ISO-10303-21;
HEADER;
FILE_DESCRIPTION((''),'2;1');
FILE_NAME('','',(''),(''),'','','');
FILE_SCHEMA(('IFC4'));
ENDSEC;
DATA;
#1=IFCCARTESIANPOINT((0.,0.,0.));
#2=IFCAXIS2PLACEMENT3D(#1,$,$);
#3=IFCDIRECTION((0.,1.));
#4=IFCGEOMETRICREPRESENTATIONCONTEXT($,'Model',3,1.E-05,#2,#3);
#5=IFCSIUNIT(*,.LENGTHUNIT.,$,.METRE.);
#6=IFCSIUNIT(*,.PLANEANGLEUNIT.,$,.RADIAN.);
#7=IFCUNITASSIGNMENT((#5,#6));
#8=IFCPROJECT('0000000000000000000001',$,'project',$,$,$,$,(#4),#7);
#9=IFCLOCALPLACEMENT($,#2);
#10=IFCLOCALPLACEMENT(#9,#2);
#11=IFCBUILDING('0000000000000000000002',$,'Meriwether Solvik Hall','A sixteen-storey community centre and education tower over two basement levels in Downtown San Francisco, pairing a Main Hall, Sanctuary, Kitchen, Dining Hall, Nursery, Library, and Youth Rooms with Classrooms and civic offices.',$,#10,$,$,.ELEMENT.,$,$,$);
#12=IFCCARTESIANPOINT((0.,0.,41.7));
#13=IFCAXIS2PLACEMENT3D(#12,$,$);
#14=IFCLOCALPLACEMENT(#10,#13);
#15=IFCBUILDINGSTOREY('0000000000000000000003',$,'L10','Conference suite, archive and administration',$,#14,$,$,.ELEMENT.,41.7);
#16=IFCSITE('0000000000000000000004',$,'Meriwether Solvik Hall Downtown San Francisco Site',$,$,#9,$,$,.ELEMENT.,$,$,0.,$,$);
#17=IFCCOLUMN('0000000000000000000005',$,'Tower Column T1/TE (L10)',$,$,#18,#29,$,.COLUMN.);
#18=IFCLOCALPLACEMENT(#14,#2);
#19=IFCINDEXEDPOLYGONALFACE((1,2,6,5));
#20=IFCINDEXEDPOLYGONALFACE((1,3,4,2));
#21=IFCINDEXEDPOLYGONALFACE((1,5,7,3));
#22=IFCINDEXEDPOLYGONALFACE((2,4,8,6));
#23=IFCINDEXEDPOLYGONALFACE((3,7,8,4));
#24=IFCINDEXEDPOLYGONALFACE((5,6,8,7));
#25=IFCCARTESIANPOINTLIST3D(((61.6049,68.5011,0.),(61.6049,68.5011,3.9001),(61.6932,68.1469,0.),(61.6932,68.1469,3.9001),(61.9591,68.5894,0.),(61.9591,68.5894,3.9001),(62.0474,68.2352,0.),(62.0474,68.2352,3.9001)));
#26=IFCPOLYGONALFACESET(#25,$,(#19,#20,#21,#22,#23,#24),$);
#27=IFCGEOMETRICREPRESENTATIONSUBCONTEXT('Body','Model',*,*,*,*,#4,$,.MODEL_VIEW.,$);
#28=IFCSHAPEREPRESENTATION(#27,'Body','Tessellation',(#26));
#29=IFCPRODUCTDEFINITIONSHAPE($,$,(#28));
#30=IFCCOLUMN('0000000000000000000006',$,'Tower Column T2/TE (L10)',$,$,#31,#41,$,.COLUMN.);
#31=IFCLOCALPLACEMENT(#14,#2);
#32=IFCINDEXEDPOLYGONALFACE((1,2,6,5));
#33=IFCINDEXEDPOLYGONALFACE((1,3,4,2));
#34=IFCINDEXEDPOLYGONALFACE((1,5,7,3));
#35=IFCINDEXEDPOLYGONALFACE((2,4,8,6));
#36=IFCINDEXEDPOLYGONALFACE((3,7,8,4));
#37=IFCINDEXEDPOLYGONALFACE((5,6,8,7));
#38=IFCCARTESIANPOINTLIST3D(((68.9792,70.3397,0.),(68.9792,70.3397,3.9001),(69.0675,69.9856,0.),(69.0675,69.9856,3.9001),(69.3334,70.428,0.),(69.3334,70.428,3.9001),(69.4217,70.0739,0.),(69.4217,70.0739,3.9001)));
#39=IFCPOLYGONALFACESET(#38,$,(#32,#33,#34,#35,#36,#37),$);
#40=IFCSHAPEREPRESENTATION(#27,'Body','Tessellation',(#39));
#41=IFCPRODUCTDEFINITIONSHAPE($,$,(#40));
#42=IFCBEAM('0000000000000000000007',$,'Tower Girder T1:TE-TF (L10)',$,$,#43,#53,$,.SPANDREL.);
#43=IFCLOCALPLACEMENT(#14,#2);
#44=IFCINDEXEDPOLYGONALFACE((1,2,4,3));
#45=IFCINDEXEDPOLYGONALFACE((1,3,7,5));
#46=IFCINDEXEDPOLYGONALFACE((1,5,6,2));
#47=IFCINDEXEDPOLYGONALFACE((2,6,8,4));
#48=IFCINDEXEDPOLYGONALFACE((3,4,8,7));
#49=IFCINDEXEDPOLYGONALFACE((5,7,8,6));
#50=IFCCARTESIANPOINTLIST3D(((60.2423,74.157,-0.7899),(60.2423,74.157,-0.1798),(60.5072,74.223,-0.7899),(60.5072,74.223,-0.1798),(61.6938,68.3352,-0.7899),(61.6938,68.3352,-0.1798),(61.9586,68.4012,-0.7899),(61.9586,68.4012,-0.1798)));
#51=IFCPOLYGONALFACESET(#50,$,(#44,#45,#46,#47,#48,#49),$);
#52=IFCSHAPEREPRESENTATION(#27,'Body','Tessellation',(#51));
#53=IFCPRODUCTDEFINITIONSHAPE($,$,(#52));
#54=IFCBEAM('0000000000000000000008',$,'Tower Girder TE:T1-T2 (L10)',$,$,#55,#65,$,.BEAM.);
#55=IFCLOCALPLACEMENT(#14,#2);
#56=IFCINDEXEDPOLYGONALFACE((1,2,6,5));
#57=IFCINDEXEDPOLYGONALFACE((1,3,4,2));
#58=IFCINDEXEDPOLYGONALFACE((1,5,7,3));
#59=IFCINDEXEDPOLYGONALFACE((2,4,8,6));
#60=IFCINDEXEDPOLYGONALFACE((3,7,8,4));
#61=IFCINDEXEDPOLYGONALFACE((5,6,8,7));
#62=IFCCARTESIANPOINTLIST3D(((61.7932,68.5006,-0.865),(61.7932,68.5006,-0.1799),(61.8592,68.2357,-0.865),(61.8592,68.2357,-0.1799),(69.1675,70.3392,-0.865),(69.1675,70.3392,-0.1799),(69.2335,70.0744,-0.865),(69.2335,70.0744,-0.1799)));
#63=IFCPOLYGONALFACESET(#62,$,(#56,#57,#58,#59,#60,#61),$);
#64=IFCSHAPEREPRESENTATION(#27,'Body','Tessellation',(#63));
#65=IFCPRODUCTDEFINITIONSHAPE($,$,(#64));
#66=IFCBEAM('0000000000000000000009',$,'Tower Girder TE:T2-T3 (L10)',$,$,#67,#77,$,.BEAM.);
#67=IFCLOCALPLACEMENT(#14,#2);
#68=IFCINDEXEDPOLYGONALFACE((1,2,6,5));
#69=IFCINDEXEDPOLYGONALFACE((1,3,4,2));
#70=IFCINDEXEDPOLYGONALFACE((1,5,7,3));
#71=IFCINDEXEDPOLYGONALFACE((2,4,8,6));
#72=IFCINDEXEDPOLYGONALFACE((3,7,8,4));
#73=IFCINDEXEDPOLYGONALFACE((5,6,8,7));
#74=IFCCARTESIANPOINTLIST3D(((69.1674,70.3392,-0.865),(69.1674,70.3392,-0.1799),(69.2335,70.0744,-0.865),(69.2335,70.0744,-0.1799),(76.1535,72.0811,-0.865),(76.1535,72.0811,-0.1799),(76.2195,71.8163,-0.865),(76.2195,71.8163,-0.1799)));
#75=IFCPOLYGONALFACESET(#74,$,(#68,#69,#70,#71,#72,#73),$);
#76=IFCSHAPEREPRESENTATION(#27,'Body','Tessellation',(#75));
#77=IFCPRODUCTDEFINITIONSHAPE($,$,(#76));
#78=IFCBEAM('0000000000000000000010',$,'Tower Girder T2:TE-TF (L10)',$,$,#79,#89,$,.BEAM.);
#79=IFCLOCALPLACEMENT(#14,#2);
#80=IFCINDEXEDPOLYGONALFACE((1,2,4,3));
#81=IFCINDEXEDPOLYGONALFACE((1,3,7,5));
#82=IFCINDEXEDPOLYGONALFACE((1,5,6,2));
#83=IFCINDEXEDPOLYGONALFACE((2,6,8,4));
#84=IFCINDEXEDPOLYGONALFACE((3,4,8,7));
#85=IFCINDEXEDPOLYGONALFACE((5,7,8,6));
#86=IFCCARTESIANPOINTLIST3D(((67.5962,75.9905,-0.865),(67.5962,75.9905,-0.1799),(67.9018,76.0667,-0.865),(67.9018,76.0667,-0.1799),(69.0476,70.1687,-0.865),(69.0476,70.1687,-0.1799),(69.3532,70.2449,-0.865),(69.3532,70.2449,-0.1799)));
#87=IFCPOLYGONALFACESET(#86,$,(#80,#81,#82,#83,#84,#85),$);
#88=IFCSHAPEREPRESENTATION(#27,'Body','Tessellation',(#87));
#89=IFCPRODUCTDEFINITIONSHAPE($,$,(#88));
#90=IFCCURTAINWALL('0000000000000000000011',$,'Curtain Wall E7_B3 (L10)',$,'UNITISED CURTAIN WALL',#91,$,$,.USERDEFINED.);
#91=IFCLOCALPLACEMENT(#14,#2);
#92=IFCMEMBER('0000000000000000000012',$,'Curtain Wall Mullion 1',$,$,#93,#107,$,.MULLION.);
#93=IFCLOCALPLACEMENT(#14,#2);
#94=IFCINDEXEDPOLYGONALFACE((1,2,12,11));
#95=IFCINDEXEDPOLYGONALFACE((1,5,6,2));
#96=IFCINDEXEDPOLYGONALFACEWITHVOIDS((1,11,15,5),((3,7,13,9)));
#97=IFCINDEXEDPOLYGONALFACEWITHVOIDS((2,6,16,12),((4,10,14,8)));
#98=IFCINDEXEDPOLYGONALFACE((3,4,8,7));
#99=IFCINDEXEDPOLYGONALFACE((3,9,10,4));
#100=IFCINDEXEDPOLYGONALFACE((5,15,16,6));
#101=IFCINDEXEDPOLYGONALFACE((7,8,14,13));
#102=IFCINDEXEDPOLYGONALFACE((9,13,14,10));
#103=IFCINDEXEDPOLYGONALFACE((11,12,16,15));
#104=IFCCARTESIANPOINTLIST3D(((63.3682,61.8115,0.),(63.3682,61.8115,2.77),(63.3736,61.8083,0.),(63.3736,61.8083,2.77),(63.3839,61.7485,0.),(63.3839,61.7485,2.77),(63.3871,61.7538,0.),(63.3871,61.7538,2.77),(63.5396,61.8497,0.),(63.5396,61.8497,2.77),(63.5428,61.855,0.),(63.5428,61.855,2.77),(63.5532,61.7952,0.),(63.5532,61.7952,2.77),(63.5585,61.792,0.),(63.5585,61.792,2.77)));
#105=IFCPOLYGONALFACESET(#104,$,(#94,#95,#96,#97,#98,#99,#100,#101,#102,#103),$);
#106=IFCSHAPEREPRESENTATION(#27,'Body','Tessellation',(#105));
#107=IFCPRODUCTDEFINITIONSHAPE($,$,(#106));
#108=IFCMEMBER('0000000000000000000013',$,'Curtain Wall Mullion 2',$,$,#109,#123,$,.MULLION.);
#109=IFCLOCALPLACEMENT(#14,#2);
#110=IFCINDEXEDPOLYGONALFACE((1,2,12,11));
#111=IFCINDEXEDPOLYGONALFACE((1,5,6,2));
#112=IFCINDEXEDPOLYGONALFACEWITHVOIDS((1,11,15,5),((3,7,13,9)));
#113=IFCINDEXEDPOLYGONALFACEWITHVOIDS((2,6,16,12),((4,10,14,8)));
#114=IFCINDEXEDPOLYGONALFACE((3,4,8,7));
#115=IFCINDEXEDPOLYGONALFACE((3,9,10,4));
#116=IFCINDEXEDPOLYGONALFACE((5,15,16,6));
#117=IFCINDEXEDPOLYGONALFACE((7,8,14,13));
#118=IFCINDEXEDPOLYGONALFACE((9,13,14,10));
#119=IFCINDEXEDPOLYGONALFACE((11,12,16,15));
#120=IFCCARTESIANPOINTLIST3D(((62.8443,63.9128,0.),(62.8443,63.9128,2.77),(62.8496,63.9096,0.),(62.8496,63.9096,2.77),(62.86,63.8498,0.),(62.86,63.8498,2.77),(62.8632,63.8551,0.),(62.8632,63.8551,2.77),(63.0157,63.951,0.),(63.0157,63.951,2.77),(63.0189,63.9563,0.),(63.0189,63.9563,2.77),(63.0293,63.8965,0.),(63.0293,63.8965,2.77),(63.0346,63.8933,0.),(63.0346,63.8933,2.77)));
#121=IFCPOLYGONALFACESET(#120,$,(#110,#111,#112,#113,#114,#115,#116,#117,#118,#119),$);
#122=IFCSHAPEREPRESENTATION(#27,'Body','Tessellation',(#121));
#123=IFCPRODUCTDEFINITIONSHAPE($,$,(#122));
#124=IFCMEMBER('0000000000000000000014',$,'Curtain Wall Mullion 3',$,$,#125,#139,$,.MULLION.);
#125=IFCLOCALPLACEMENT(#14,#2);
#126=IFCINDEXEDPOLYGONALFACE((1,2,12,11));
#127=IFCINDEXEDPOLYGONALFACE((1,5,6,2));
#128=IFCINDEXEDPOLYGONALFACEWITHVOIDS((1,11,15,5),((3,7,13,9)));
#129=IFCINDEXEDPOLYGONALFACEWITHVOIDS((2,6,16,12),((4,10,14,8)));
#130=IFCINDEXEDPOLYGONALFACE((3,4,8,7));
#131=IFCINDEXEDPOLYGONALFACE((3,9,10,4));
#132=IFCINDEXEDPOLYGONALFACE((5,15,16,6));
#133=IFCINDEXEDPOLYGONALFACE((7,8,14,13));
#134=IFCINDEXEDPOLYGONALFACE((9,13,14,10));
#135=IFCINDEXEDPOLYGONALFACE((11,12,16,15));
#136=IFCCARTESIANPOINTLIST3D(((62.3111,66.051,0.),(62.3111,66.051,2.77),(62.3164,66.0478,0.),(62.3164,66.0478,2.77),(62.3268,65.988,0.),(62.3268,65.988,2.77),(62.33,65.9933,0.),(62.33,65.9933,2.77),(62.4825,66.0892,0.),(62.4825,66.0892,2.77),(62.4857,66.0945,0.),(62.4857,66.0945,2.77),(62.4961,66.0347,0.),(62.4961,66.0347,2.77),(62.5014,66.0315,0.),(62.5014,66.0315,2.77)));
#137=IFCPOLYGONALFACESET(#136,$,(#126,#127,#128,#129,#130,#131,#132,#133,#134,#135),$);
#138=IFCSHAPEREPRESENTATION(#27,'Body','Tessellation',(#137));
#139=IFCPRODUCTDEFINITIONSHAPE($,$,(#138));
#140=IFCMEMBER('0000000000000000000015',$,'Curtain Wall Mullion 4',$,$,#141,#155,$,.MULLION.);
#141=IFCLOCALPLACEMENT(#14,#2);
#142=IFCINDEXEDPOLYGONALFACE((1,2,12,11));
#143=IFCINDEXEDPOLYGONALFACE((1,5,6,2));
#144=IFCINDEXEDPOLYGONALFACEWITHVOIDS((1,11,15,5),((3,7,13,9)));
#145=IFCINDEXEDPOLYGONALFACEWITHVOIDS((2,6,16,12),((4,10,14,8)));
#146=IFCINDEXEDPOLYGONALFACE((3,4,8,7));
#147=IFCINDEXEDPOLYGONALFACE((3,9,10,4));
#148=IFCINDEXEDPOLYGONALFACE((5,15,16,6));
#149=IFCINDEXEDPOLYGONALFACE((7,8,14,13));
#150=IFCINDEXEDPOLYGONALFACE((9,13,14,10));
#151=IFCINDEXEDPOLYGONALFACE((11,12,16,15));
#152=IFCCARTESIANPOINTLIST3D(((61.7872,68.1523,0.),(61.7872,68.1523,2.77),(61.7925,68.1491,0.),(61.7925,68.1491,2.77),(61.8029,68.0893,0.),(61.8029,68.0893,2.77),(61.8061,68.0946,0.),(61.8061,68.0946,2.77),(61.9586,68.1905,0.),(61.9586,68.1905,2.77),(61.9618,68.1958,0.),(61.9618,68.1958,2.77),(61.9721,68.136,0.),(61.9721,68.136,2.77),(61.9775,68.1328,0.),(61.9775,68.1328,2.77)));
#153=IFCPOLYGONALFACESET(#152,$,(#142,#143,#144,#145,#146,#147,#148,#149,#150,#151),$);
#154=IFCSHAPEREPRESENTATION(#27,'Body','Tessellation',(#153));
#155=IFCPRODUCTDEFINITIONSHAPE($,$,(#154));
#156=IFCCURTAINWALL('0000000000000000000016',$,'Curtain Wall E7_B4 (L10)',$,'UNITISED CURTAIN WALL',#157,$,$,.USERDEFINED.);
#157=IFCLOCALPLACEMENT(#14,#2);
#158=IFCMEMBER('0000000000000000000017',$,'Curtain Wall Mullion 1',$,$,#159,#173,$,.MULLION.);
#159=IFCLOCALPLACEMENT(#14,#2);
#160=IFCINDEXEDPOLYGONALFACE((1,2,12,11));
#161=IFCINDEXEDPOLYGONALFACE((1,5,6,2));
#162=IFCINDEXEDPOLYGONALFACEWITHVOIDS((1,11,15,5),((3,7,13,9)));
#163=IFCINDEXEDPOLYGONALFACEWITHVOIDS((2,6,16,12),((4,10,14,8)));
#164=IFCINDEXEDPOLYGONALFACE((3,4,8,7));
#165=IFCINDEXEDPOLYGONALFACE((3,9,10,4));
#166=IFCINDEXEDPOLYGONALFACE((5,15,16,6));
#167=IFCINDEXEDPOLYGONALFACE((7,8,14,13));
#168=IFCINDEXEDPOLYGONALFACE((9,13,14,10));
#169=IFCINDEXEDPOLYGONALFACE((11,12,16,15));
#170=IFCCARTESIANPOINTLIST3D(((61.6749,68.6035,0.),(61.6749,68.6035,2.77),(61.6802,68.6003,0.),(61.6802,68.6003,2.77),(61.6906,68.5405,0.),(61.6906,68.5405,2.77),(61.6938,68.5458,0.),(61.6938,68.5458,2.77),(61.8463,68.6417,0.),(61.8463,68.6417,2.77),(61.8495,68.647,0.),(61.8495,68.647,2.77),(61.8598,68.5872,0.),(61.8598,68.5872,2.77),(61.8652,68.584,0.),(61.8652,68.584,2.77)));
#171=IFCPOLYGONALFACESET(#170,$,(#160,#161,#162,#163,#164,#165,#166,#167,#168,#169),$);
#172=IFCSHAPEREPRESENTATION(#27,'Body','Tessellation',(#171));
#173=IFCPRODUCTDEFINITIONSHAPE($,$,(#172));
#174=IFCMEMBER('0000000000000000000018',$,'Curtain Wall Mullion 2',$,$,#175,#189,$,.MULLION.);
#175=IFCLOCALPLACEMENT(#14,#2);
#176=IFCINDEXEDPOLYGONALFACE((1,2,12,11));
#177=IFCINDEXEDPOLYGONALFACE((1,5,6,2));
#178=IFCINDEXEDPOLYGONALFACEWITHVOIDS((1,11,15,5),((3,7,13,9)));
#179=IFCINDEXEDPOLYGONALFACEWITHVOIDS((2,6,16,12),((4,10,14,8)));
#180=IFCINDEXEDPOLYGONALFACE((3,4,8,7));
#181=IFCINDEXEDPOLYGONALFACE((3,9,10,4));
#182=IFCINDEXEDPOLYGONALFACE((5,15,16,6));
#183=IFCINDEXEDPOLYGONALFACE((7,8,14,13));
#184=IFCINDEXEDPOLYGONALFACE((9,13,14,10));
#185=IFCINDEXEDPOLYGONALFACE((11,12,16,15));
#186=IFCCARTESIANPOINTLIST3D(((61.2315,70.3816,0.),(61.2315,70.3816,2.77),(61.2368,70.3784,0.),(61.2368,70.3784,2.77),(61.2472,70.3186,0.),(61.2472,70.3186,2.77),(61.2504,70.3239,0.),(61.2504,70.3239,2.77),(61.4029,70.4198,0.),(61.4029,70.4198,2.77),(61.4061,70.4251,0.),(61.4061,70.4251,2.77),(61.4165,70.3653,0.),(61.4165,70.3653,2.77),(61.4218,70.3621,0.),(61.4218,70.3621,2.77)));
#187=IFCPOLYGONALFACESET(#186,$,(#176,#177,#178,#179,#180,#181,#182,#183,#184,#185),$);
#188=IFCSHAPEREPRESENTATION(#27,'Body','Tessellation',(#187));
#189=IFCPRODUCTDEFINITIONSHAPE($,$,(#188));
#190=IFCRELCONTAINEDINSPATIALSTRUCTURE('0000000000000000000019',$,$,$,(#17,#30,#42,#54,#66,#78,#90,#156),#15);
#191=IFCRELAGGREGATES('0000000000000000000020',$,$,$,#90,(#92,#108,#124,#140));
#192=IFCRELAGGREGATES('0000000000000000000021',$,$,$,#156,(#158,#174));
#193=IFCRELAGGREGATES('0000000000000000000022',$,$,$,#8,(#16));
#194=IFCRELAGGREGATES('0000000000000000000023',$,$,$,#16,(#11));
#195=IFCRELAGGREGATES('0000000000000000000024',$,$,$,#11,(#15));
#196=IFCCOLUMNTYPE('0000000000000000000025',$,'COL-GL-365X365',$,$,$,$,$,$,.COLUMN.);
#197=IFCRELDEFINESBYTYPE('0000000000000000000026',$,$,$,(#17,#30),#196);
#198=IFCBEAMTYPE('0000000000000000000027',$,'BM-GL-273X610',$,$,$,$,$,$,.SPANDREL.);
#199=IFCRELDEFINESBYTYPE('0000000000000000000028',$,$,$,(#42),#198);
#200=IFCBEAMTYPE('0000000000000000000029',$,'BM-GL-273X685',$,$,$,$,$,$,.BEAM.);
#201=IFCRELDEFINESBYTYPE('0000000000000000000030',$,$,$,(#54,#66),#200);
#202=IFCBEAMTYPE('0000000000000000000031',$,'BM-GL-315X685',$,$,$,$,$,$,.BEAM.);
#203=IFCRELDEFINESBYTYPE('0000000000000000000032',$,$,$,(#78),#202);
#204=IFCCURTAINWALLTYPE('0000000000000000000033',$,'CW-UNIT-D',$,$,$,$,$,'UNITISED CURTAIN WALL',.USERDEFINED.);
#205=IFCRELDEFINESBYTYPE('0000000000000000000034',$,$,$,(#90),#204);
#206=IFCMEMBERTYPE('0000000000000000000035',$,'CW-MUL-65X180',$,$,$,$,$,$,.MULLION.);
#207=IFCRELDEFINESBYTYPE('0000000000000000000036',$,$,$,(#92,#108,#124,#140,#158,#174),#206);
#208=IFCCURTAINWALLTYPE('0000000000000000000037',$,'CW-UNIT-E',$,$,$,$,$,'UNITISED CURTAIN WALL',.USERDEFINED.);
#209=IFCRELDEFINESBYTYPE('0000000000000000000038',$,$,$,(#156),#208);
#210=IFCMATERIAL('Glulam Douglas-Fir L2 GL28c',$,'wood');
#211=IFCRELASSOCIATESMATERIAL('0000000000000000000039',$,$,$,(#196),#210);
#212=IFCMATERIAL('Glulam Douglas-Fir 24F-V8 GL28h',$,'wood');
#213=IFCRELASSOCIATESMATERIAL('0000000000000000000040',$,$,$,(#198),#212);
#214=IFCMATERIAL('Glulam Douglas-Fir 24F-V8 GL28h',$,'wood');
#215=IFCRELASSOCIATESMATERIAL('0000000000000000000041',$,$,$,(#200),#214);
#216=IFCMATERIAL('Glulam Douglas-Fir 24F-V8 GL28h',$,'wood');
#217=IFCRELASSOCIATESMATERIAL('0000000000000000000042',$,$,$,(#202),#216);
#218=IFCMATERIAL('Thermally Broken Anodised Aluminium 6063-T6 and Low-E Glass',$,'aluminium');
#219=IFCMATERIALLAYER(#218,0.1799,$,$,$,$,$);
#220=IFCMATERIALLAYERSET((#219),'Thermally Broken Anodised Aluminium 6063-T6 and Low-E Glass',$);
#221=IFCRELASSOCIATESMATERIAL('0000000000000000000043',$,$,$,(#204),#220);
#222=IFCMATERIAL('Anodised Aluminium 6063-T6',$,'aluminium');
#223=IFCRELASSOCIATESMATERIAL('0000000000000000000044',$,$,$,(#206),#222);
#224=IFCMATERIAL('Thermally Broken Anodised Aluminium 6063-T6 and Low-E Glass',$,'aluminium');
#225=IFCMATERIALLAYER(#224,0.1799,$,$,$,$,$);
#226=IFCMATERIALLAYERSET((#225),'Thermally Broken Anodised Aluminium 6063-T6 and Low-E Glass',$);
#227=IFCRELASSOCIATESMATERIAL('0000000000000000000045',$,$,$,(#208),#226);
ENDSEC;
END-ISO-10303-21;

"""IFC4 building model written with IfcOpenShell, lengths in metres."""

from ifc_helpers import new_model, si_unit, direction, frame, origin, origin_2d, place, context, subcontext, project, spatial, rectangle, hollow_rectangle, extrude, material, layer, layer_set, material_profile, profile_set, type_object, element, aggregate, save


model = new_model("IFC4")

# Units and contexts
model_context = context("Model", 3, precision=1e-05, world=origin(), true_north=direction((0.0, 1.0)))
body_context = subcontext(model_context, "Body", "Model", "MODEL_VIEW")
ifc_project = project(units=[si_unit("LENGTHUNIT", "METRE"), si_unit("PLANEANGLEUNIT", "RADIAN")], contexts=[model_context])

# Site, building, storey
site_placement = place(None, origin())
site = spatial("IfcSite", under=ifc_project, at=site_placement, Name="Meriwether Solvik Hall Downtown San Francisco Site", CompositionType="ELEMENT", RefElevation=0.0)
building_placement = place(site_placement, origin())
building = spatial("IfcBuilding", under=site, at=building_placement, Name="Meriwether Solvik Hall", Description="A sixteen-storey community centre and education tower over two basement levels in Downtown San Francisco, pairing a Main Hall, Sanctuary, Kitchen, Dining Hall, Nursery, Library, and Youth Rooms with Classrooms and civic offices.", CompositionType="ELEMENT")
storey_placement = place(building_placement, frame((0.0, 0.0, 41.7)))
storey = spatial("IfcBuildingStorey", under=building, at=storey_placement, Name="L10", Description="Conference suite, archive and administration", CompositionType="ELEMENT", Elevation=41.7)

# Columns
ifc_material_1 = material(Name="Glulam Douglas-Fir L2 GL28c", Category="wood")
ifc_material_profile_1 = material_profile(ifc_material_1, rectangle(XDim=0.365, YDim=0.365, at=origin_2d()), Name="GLC-365X365")
ifc_profile_set_1 = profile_set([ifc_material_profile_1], Name="Glulam Douglas-Fir L2 GL28c")
column_type = type_object("IfcColumnType", Name="COL-GL-365X365", PredefinedType="COLUMN", material=ifc_profile_set_1)
for number, where, z_axis, x_axis, name in (
    (1, (61.8262, 68.3682, 0.0), (0.0, 0.0, 1.0), (0.970296, 0.241922, 0.0), "Tower Column T1/TE (L10)"),
    (2, (69.2004, 70.2068, 0.0), (0.0, 0.0, 1.0), (0.970296, 0.241922, 0.0), "Tower Column T2/TE (L10)"),
):
    element("IfcColumn", number, at=place(storey_placement, frame(where, z_axis=z_axis, x_axis=x_axis)), inside=storey, type_object=column_type, Name=name, PredefinedType="COLUMN", context=body_context, shape_type="SweptSolid", body=[
        extrude(rectangle(XDim=0.365, YDim=0.365, at=origin_2d()), origin(), (0.0, 0.0, 1.0), 3.9001),
    ])

# Beams
ifc_material_2 = material(Name="Glulam Douglas-Fir 24F-V8 GL28h", Category="wood")
ifc_material_profile_2 = material_profile(ifc_material_2, rectangle(XDim=0.2729, YDim=0.6101, at=origin_2d()), Name="GLB-273X610")
ifc_profile_set_2 = profile_set([ifc_material_profile_2], Name="Glulam Douglas-Fir 24F-V8 GL28h")
beam_type_1 = type_object("IfcBeamType", Name="BM-GL-273X610", PredefinedType="SPANDREL", material=ifc_profile_set_2)
beam_1_placement = place(storey_placement, frame((61.8262, 68.3682, -0.4849), z_axis=(-0.241904, 0.9703, 0.0), x_axis=(-0.9703, -0.241904, 0.0)))
element("IfcBeam", 3, at=beam_1_placement, inside=storey, type_object=beam_type_1, Name="Tower Girder T1:TE-TF (L10)", PredefinedType="SPANDREL", context=body_context, shape_type="SweptSolid", body=[
    extrude(rectangle(XDim=0.2729, YDim=0.6101, at=origin_2d()), origin(), (0.0, 0.0, 1.0), 6.0),
])
ifc_material_3 = material(Name="Glulam Douglas-Fir 24F-V8 GL28h", Category="wood")
ifc_material_profile_3 = material_profile(ifc_material_3, rectangle(XDim=0.2729, YDim=0.6851, at=origin_2d()), Name="GLB-273X685")
ifc_profile_set_3 = profile_set([ifc_material_profile_3], Name="Glulam Douglas-Fir 24F-V8 GL28h")
beam_type_2 = type_object("IfcBeamType", Name="BM-GL-273X685", PredefinedType="BEAM", material=ifc_profile_set_3)
beam_2_placement = place(storey_placement, frame((61.8262, 68.3682, -0.5225), z_axis=(0.970295, 0.241923, 0.0), x_axis=(-0.241923, 0.970295, 0.0)))
element("IfcBeam", 4, at=beam_2_placement, inside=storey, type_object=beam_type_2, Name="Tower Girder TE:T1-T2 (L10)", PredefinedType="BEAM", context=body_context, shape_type="SweptSolid", body=[
    extrude(rectangle(XDim=0.2729, YDim=0.6851, at=origin_2d()), origin(), (0.0, 0.0, 1.0), 7.6001),
])
beam_3_placement = place(storey_placement, frame((69.2004, 70.2068, -0.5225), z_axis=(0.970292, 0.241937, 0.0), x_axis=(-0.241937, 0.970292, 0.0)))
element("IfcBeam", 5, at=beam_3_placement, inside=storey, type_object=beam_type_2, Name="Tower Girder TE:T2-T3 (L10)", PredefinedType="BEAM", context=body_context, shape_type="SweptSolid", body=[
    extrude(rectangle(XDim=0.2729, YDim=0.6851, at=origin_2d()), origin(), (0.0, 0.0, 1.0), 7.2),
])
ifc_material_4 = material(Name="Glulam Douglas-Fir 24F-V8 GL28h", Category="wood")
ifc_material_profile_4 = material_profile(ifc_material_4, rectangle(XDim=0.3149, YDim=0.6851, at=origin_2d()), Name="GLB-315X685")
ifc_profile_set_4 = profile_set([ifc_material_profile_4], Name="Glulam Douglas-Fir 24F-V8 GL28h")
beam_type_3 = type_object("IfcBeamType", Name="BM-GL-315X685", PredefinedType="BEAM", material=ifc_profile_set_4)
beam_4_placement = place(storey_placement, frame((69.2004, 70.2068, -0.5225), z_axis=(-0.241904, 0.9703, 0.0), x_axis=(-0.9703, -0.241904, 0.0)))
element("IfcBeam", 6, at=beam_4_placement, inside=storey, type_object=beam_type_3, Name="Tower Girder T2:TE-TF (L10)", PredefinedType="BEAM", context=body_context, shape_type="SweptSolid", body=[
    extrude(rectangle(XDim=0.3149, YDim=0.6851, at=origin_2d()), origin(), (0.0, 0.0, 1.0), 6.0),
])

# Curtain walls, members
ifc_material_5 = material(Name="Thermally Broken Anodised Aluminium 6063-T6 and Low-E Glass", Category="aluminium")
ifc_layer_1 = layer(ifc_material_5, 0.1799)
ifc_layer_set_1 = layer_set([ifc_layer_1], Name="Thermally Broken Anodised Aluminium 6063-T6 and Low-E Glass")
curtain_wall_type_1 = type_object("IfcCurtainWallType", Name="CW-UNIT-D", ElementType="UNITISED CURTAIN WALL", PredefinedType="USERDEFINED", material=ifc_layer_set_1)
curtain_wall_1_placement = place(storey_placement, origin())
curtain_wall_1 = element("IfcCurtainWall", 7, at=curtain_wall_1_placement, inside=storey, type_object=curtain_wall_type_1, Name="Curtain Wall E7_B3 (L10)", ObjectType="UNITISED CURTAIN WALL", PredefinedType="USERDEFINED")
ifc_material_6 = material(Name="Anodised Aluminium 6063-T6", Category="aluminium")
ifc_material_profile_5 = material_profile(ifc_material_6, hollow_rectangle(XDim=0.0649, YDim=0.1799, WallThickness=0.0044, at=origin_2d()), Name="CWM-65X180")
ifc_profile_set_5 = profile_set([ifc_material_profile_5], Name="Anodised Aluminium 6063-T6")
member_type_1 = type_object("IfcMemberType", Name="CW-MUL-65X180", PredefinedType="MULLION", material=ifc_profile_set_5)
member_1_placement = place(storey_placement, frame((63.4634, 61.8018, 0.0), z_axis=(0.0, 0.0, 1.0), x_axis=(-0.241922, 0.970296, 0.0)))
member_1 = element("IfcMember", 8, at=member_1_placement, type_object=member_type_1, Name="Curtain Wall Mullion 1", PredefinedType="MULLION", context=body_context, shape_type="SweptSolid", body=[
    extrude(hollow_rectangle(XDim=0.0649, YDim=0.1799, WallThickness=0.0044, at=origin_2d()), origin(), (0.0, 0.0, 1.0), 2.77),
])
member_2_placement = place(storey_placement, frame((62.9395, 63.9031, 0.0), z_axis=(0.0, 0.0, 1.0), x_axis=(-0.241922, 0.970296, 0.0)))
member_2 = element("IfcMember", 9, at=member_2_placement, type_object=member_type_1, Name="Curtain Wall Mullion 2", PredefinedType="MULLION", context=body_context, shape_type="SweptSolid", body=[
    extrude(hollow_rectangle(XDim=0.0649, YDim=0.1799, WallThickness=0.0044, at=origin_2d()), origin(), (0.0, 0.0, 1.0), 2.77),
])
member_3_placement = place(storey_placement, frame((62.4062, 66.0413, 0.0), z_axis=(0.0, 0.0, 1.0), x_axis=(-0.241922, 0.970296, 0.0)))
member_3 = element("IfcMember", 10, at=member_3_placement, type_object=member_type_1, Name="Curtain Wall Mullion 3", PredefinedType="MULLION", context=body_context, shape_type="SweptSolid", body=[
    extrude(hollow_rectangle(XDim=0.0649, YDim=0.1799, WallThickness=0.0044, at=origin_2d()), origin(), (0.0, 0.0, 1.0), 2.77),
])
member_4_placement = place(storey_placement, frame((61.8823, 68.1426, 0.0), z_axis=(0.0, 0.0, 1.0), x_axis=(-0.241922, 0.970296, 0.0)))
member_4 = element("IfcMember", 11, at=member_4_placement, type_object=member_type_1, Name="Curtain Wall Mullion 4", PredefinedType="MULLION", context=body_context, shape_type="SweptSolid", body=[
    extrude(hollow_rectangle(XDim=0.0649, YDim=0.1799, WallThickness=0.0044, at=origin_2d()), origin(), (0.0, 0.0, 1.0), 2.77),
])
ifc_material_7 = material(Name="Thermally Broken Anodised Aluminium 6063-T6 and Low-E Glass", Category="aluminium")
ifc_layer_2 = layer(ifc_material_7, 0.1799)
ifc_layer_set_2 = layer_set([ifc_layer_2], Name="Thermally Broken Anodised Aluminium 6063-T6 and Low-E Glass")
curtain_wall_type_2 = type_object("IfcCurtainWallType", Name="CW-UNIT-E", ElementType="UNITISED CURTAIN WALL", PredefinedType="USERDEFINED", material=ifc_layer_set_2)
curtain_wall_2_placement = place(storey_placement, origin())
curtain_wall_2 = element("IfcCurtainWall", 12, at=curtain_wall_2_placement, inside=storey, type_object=curtain_wall_type_2, Name="Curtain Wall E7_B4 (L10)", ObjectType="UNITISED CURTAIN WALL", PredefinedType="USERDEFINED")
member_5_placement = place(storey_placement, frame((61.77, 68.5938, 0.0), z_axis=(0.0, 0.0, 1.0), x_axis=(-0.241922, 0.970296, 0.0)))
member_5 = element("IfcMember", 13, at=member_5_placement, type_object=member_type_1, Name="Curtain Wall Mullion 1", PredefinedType="MULLION", context=body_context, shape_type="SweptSolid", body=[
    extrude(hollow_rectangle(XDim=0.0649, YDim=0.1799, WallThickness=0.0044, at=origin_2d()), origin(), (0.0, 0.0, 1.0), 2.77),
])
member_6_placement = place(storey_placement, frame((61.3267, 70.3718, 0.0), z_axis=(0.0, 0.0, 1.0), x_axis=(-0.241922, 0.970296, 0.0)))
member_6 = element("IfcMember", 14, at=member_6_placement, type_object=member_type_1, Name="Curtain Wall Mullion 2", PredefinedType="MULLION", context=body_context, shape_type="SweptSolid", body=[
    extrude(hollow_rectangle(XDim=0.0649, YDim=0.1799, WallThickness=0.0044, at=origin_2d()), origin(), (0.0, 0.0, 1.0), 2.77),
])

aggregate(curtain_wall_1, [member_1, member_2, member_3, member_4])
aggregate(curtain_wall_2, [member_5, member_6])

save(model, "model.ifc")
